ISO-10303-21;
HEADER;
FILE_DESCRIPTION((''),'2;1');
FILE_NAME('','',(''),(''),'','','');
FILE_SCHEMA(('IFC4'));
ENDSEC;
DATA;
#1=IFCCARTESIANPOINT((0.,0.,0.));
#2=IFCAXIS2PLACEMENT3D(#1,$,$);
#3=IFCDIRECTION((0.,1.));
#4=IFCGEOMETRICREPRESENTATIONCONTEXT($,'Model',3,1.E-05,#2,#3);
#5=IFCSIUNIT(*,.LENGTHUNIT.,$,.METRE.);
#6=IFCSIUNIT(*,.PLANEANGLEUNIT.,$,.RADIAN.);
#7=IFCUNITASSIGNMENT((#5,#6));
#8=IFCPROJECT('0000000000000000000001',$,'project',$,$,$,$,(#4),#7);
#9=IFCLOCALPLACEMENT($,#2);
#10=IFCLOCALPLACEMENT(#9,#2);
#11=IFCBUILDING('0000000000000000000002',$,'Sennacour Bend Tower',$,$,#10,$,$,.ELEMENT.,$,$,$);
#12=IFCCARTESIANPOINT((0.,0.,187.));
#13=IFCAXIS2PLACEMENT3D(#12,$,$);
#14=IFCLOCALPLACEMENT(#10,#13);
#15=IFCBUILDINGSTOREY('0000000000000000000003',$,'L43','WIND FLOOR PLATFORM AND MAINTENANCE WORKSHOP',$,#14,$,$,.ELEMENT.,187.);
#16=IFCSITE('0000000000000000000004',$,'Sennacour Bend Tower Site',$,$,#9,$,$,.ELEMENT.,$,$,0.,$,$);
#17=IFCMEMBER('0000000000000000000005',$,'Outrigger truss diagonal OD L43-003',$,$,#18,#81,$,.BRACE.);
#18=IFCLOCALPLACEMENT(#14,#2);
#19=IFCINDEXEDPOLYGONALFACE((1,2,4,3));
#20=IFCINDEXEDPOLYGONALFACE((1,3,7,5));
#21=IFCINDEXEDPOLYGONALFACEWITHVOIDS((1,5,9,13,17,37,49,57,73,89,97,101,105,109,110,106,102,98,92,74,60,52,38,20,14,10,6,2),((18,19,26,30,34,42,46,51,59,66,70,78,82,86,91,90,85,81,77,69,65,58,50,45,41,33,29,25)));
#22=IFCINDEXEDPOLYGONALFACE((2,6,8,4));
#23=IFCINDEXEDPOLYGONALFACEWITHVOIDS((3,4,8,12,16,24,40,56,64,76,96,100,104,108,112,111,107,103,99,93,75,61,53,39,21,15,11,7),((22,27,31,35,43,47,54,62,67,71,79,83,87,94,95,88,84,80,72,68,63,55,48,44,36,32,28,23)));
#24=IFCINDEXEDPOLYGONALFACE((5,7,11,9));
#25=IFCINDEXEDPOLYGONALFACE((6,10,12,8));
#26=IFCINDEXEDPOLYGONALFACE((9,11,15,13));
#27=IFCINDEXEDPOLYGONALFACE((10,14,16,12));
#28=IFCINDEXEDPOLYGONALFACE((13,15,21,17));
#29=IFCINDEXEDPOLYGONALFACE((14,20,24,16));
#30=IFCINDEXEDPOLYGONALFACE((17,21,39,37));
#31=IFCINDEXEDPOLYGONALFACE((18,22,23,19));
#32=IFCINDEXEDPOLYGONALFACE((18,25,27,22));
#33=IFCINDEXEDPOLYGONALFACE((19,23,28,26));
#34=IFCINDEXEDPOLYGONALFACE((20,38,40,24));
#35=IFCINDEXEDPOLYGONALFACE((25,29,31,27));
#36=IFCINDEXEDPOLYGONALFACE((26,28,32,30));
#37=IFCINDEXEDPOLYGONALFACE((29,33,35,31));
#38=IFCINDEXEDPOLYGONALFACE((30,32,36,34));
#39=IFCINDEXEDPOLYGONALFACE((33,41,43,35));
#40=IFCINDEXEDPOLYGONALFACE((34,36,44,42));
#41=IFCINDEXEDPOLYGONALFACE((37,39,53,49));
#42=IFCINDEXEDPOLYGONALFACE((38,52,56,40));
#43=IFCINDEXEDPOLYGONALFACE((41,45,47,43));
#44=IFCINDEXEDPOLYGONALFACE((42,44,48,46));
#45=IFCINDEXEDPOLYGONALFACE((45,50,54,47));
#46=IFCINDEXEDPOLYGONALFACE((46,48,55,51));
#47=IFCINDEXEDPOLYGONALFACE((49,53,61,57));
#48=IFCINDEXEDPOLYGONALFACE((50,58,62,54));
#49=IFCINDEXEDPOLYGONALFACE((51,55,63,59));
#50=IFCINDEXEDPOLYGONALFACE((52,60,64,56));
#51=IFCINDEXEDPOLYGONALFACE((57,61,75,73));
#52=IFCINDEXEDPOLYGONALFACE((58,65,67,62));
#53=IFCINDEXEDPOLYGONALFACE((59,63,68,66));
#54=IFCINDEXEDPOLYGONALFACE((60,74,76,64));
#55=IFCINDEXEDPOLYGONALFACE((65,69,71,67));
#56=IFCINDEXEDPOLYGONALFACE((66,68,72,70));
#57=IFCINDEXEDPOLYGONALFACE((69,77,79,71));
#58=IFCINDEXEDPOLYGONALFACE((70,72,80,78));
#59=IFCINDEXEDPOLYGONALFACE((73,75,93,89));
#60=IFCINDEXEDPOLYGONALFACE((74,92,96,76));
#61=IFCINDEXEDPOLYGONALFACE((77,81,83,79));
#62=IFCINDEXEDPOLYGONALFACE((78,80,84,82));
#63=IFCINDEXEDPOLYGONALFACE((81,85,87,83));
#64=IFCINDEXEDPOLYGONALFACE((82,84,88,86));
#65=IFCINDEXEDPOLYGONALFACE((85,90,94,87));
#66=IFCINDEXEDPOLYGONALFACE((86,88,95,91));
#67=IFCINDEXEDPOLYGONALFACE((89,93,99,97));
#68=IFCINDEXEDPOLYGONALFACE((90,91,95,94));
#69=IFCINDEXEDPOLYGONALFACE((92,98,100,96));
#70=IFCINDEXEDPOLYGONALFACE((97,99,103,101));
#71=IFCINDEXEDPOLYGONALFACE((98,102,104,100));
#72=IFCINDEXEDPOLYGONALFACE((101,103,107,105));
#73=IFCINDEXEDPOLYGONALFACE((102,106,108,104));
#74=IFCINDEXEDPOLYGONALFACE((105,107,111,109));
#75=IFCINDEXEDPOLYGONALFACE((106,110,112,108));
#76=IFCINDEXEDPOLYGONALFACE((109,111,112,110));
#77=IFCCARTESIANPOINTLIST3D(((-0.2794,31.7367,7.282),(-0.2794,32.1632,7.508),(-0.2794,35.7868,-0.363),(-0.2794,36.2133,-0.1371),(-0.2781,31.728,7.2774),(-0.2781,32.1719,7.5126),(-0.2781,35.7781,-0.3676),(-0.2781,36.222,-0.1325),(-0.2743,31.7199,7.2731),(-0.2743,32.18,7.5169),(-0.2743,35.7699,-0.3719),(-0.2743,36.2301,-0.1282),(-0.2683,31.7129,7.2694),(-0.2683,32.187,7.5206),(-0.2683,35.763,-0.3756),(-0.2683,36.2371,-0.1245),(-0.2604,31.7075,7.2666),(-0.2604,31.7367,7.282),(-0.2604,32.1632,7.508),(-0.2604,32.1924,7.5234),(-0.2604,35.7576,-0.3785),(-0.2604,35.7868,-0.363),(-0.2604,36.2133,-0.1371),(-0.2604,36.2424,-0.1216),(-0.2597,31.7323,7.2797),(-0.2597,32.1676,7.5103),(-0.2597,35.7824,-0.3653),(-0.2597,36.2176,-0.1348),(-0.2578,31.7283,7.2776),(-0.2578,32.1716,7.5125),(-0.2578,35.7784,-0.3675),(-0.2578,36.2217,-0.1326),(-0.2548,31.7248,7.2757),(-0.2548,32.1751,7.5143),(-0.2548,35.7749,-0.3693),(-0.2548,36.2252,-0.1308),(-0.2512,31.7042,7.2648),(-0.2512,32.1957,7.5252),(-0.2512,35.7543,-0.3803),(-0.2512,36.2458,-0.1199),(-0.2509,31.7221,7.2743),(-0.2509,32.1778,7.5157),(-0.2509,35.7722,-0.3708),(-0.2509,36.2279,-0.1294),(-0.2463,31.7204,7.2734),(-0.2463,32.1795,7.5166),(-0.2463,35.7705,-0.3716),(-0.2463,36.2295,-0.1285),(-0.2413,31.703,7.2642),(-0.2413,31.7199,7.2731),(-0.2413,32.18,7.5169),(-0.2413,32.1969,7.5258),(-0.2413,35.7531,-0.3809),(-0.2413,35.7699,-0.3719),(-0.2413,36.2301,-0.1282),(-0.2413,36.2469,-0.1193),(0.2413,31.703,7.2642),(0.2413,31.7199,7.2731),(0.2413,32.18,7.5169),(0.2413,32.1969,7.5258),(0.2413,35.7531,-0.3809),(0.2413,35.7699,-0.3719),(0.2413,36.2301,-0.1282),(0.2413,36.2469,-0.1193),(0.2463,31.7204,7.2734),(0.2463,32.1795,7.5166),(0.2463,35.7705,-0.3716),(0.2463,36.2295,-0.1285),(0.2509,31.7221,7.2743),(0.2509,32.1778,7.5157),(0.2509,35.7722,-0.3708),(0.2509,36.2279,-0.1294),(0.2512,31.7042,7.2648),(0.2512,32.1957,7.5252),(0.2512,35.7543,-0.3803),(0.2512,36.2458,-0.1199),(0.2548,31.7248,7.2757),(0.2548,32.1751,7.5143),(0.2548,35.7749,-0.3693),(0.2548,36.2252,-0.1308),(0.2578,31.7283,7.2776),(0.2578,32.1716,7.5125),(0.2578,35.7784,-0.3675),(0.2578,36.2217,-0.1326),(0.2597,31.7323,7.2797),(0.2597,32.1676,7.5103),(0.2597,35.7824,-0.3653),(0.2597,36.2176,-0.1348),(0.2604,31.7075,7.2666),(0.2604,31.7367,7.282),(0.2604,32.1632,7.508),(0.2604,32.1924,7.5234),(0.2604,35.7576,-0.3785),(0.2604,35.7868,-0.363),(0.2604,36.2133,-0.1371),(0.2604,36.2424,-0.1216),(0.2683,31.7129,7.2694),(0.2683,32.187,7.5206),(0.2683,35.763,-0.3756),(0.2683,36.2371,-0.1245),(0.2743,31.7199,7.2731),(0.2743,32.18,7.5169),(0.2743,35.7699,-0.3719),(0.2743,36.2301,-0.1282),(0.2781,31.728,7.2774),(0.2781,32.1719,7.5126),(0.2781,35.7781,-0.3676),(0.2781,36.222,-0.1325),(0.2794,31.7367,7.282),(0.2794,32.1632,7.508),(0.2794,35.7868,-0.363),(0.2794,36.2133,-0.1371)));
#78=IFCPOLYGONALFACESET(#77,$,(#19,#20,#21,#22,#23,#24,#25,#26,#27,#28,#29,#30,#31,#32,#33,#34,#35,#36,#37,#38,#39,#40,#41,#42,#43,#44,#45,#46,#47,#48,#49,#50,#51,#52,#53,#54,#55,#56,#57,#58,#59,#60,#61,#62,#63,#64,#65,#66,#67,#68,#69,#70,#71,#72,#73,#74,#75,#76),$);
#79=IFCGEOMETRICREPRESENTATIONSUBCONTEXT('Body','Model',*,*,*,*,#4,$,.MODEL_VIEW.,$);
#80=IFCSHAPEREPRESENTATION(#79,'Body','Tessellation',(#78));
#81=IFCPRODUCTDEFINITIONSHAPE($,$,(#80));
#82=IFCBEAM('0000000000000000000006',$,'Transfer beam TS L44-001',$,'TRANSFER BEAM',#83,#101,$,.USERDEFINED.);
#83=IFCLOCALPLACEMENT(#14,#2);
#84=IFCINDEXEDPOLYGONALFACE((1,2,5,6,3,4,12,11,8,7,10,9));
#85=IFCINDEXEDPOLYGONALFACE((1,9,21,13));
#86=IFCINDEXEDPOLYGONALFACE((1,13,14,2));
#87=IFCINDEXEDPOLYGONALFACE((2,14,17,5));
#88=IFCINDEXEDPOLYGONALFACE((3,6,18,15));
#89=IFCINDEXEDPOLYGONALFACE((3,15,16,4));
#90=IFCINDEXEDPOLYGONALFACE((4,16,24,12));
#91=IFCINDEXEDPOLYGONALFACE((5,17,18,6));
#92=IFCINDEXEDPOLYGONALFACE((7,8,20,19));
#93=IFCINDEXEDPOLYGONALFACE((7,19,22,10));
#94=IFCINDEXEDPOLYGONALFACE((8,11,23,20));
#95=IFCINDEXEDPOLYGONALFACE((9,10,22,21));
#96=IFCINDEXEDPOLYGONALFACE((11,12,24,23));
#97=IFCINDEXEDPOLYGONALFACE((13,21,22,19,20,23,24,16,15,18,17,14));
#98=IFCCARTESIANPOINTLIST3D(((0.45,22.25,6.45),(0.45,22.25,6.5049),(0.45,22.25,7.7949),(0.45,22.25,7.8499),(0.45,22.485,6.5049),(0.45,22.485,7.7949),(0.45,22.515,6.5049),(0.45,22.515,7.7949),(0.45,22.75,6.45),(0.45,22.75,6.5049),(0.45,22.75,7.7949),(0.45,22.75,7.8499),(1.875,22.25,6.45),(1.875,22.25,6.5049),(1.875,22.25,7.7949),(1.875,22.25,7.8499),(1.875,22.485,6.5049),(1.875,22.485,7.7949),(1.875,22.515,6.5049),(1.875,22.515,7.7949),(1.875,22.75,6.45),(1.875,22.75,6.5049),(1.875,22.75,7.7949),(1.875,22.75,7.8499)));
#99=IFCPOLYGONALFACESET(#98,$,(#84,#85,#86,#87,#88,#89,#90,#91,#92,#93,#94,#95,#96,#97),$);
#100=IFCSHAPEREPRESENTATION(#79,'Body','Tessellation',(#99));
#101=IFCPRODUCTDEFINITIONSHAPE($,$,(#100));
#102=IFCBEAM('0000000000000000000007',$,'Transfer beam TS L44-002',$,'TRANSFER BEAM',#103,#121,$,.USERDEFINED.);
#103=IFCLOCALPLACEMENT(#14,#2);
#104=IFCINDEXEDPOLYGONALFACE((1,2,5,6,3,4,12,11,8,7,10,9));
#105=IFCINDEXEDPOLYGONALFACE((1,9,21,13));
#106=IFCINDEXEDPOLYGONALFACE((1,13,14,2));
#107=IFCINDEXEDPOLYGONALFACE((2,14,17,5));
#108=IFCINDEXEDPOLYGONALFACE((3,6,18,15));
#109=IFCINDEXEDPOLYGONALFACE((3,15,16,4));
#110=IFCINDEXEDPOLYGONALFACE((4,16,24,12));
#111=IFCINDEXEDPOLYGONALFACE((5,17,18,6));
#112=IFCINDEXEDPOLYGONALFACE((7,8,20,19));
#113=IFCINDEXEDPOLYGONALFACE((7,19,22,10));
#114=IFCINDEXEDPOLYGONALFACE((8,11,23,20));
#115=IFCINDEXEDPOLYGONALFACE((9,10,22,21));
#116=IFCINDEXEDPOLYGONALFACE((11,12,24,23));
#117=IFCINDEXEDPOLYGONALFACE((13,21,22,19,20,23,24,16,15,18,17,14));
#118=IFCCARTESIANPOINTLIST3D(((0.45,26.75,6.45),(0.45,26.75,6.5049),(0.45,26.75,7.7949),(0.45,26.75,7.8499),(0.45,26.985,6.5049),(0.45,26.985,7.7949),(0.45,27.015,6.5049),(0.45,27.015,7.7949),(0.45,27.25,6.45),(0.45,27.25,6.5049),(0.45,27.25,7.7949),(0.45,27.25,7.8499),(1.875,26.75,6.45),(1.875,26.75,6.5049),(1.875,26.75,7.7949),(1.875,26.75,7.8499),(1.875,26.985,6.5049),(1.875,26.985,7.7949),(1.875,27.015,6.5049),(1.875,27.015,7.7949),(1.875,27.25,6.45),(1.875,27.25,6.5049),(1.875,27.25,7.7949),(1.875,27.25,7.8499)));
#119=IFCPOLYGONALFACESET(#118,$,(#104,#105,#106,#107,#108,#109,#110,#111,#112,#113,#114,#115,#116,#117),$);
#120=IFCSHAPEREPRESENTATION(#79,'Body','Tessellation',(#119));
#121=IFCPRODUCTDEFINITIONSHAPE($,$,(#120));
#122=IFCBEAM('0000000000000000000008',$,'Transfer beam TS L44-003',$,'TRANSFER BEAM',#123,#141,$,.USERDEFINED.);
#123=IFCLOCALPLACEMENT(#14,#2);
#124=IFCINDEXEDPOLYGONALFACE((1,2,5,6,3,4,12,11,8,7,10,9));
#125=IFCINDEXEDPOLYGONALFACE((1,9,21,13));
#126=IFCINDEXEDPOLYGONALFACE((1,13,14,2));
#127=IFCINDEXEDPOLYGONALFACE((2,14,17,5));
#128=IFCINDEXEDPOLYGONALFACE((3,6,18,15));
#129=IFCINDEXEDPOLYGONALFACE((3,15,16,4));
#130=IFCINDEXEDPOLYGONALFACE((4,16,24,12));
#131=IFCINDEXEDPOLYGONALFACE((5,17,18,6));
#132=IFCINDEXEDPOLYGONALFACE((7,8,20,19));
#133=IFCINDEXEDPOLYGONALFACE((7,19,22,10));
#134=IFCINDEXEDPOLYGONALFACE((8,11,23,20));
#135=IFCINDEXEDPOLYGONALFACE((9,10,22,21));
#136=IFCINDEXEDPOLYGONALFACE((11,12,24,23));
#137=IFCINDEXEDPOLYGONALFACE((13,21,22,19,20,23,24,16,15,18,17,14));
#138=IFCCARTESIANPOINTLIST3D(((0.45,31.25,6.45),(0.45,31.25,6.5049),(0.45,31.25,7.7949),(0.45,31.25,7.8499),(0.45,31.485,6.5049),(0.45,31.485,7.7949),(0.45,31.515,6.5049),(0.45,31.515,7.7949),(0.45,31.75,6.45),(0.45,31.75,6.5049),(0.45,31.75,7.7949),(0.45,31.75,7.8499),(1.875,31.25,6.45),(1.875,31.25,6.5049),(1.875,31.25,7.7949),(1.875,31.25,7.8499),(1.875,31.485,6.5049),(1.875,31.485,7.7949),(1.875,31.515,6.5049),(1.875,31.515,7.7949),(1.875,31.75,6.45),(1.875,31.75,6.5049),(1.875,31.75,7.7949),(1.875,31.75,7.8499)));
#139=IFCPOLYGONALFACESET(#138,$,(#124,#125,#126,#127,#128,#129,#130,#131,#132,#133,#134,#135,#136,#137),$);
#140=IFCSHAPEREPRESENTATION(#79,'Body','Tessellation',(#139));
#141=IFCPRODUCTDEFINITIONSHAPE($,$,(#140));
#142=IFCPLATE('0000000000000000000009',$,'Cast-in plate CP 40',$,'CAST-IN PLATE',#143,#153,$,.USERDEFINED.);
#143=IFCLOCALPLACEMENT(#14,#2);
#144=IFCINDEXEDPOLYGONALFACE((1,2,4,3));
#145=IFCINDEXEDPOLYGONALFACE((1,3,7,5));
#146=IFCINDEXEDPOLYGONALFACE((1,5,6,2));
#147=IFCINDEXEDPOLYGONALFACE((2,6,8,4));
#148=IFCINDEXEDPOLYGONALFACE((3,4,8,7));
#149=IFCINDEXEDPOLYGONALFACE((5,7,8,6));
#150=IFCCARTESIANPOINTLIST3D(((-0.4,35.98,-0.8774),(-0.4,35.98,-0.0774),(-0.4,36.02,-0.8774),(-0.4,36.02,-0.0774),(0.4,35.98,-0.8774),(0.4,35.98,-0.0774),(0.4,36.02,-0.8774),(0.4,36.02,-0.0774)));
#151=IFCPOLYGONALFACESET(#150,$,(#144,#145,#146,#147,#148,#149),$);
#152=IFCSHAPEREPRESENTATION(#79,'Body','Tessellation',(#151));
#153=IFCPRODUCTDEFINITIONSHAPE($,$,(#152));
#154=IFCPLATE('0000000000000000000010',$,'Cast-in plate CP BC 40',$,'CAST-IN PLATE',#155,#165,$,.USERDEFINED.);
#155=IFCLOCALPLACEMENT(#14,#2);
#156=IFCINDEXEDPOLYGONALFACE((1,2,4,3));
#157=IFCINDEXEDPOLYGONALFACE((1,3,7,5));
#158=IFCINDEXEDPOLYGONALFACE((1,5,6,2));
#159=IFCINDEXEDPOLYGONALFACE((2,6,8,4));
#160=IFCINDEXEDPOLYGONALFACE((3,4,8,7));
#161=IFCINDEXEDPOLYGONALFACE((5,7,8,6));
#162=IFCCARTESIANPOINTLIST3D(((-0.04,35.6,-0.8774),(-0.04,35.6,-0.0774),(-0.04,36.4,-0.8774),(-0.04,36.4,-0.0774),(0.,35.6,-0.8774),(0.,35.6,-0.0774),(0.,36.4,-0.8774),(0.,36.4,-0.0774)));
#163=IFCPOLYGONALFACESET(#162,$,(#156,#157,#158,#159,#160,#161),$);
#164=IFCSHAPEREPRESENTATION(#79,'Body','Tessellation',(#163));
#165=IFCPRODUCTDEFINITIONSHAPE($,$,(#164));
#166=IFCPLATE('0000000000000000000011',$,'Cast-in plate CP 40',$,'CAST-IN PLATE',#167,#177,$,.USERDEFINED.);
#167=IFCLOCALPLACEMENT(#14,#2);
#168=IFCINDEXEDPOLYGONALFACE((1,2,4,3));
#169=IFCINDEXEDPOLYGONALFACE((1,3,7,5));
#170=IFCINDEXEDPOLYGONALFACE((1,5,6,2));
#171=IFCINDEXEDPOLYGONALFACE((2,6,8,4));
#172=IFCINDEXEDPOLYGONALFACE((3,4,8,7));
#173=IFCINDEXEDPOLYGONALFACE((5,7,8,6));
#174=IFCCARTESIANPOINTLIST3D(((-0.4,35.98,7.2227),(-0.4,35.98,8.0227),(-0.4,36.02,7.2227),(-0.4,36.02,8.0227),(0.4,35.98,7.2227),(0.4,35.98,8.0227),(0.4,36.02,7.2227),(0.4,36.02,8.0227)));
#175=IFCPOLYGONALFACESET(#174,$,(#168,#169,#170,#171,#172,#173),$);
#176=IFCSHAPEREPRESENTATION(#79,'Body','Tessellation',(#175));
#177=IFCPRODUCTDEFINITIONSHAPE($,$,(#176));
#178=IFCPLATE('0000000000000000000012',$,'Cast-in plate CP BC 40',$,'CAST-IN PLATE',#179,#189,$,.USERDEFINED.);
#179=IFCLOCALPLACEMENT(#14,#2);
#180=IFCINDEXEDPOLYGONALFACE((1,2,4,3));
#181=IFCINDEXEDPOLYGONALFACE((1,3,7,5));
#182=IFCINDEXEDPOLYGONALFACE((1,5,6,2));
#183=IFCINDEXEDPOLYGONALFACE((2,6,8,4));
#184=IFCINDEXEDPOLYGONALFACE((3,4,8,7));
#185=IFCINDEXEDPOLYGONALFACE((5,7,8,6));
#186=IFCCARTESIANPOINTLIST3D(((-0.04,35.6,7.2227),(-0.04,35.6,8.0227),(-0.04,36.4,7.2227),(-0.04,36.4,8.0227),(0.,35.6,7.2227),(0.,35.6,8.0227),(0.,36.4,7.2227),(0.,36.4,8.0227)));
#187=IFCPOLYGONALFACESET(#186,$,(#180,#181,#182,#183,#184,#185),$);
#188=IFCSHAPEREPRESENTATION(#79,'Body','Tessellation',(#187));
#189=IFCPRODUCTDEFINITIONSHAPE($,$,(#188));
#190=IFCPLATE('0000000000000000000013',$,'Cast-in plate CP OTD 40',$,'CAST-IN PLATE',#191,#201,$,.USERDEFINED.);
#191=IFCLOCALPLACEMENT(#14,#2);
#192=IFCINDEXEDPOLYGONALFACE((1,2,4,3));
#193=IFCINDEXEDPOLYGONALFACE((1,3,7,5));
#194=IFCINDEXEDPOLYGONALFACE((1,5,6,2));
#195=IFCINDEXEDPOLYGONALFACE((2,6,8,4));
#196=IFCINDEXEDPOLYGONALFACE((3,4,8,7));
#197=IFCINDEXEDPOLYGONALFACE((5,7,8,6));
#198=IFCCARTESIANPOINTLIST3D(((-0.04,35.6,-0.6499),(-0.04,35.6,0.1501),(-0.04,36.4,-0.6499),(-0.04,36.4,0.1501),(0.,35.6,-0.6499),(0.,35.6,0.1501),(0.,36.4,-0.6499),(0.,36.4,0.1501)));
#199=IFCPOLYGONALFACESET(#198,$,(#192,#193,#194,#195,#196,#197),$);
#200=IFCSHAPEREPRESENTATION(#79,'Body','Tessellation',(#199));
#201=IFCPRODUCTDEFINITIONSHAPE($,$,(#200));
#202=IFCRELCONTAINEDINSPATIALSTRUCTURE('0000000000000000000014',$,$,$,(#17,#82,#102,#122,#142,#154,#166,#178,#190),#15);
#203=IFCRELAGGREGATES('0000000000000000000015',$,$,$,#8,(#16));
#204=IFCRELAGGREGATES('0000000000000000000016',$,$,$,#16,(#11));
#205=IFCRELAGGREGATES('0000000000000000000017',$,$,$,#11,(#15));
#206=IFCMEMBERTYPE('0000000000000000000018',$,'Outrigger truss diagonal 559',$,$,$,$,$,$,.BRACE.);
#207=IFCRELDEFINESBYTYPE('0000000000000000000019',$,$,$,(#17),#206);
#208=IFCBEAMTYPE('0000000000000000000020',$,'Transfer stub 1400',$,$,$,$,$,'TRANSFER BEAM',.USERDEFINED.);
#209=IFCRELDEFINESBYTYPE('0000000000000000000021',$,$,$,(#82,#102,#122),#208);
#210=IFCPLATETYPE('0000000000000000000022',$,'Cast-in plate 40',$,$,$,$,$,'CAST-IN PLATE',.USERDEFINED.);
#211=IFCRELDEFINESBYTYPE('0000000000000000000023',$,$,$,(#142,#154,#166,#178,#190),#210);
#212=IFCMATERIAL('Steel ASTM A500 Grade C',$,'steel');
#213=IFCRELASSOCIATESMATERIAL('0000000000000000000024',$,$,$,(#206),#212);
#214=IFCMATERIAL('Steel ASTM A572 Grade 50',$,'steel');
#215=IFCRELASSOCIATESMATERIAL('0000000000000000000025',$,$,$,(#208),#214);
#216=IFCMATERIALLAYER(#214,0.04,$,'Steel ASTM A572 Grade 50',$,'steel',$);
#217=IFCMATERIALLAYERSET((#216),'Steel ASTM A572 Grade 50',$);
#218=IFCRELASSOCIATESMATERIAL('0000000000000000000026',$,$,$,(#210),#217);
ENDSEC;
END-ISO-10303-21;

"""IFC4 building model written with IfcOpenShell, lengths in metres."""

from ifc_helpers import new_model, si_unit, direction, frame, origin, origin_2d, place, context, subcontext, project, spatial, rectangle, hollow_rectangle, i_section, extrude, material, layer, layer_set, material_profile, profile_set, type_object, element, save


model = new_model("IFC4")

# Units and contexts
model_context = context("Model", 3, precision=1e-05, world=origin(), true_north=direction((0.0, 1.0)))
body_context = subcontext(model_context, "Body", "Model", "MODEL_VIEW")
ifc_project = project(units=[si_unit("LENGTHUNIT", "METRE"), si_unit("PLANEANGLEUNIT", "RADIAN")], contexts=[model_context])

# Site, building, storey
site_placement = place(None, origin())
site = spatial("IfcSite", under=ifc_project, at=site_placement, Name="Sennacour Bend Tower Site", CompositionType="ELEMENT", RefElevation=0.0)
building_placement = place(site_placement, origin())
building = spatial("IfcBuilding", under=site, at=building_placement, Name="Sennacour Bend Tower", CompositionType="ELEMENT")
storey_placement = place(building_placement, frame((0.0, 0.0, 187.0)))
storey = spatial("IfcBuildingStorey", under=building, at=storey_placement, Name="L43", Description="WIND FLOOR PLATFORM AND MAINTENANCE WORKSHOP", CompositionType="ELEMENT", Elevation=187.0)

# Shared definitions
ifc_material_1 = material(Name="Steel ASTM A572 Grade 50", Category="steel")

# Member
ifc_material_2 = material(Name="Steel ASTM A500 Grade C", Category="steel")
ifc_material_profile_1 = material_profile(ifc_material_2, hollow_rectangle(XDim=0.5588, YDim=0.5588, WallThickness=0.019, InnerFilletRadius=0.019, OuterFilletRadius=0.0381, at=origin_2d()), Name="Steel ASTM A500 Grade C", Category="steel")
ifc_profile_set_1 = profile_set([ifc_material_profile_1], Name="Steel ASTM A500 Grade C")
member_type_1 = type_object("IfcMemberType", Name="Outrigger truss diagonal 559", PredefinedType="BRACE", material=ifc_profile_set_1)
member_1_placement = place(storey_placement, frame((0.0, 31.95, 7.395), z_axis=(0.0, 0.46813, -0.88366), x_axis=(-1.0, 0.0, 0.0)))
element("IfcMember", 1, at=member_1_placement, inside=storey, type_object=member_type_1, Name="Outrigger truss diagonal OD L43-003", PredefinedType="BRACE", context=body_context, shape_type="SweptSolid", body=[
    extrude(hollow_rectangle(XDim=0.5588, YDim=0.5588, WallThickness=0.019, InnerFilletRadius=0.019, OuterFilletRadius=0.0381, at=origin_2d()), origin(), (0.0, 0.0, 1.0), 8.6516),
])

# Beams
ifc_material_profile_2 = material_profile(ifc_material_1, i_section(OverallWidth=0.5, OverallDepth=1.3999, WebThickness=0.03, FlangeThickness=0.0549, at=origin_2d()), Name="Steel ASTM A572 Grade 50", Category="steel")
ifc_profile_set_2 = profile_set([ifc_material_profile_2], Name="Steel ASTM A572 Grade 50")
beam_type = type_object("IfcBeamType", Name="Transfer stub 1400", ElementType="TRANSFER BEAM", PredefinedType="USERDEFINED", material=ifc_profile_set_2)
for number, where, z_axis, x_axis, name in (
    (2, (0.45, 22.5, 7.1499), (1.0, 0.0, 0.0), (0.0, 1.0, 0.0), "Transfer beam TS L44-001"),
    (3, (0.45, 27.0, 7.1499), (1.0, 0.0, 0.0), (0.0, 1.0, 0.0), "Transfer beam TS L44-002"),
    (4, (0.45, 31.5, 7.1499), (1.0, 0.0, 0.0), (0.0, 1.0, 0.0), "Transfer beam TS L44-003"),
):
    element("IfcBeam", number, at=place(storey_placement, frame(where, z_axis=z_axis, x_axis=x_axis)), inside=storey, type_object=beam_type, Name=name, ObjectType="TRANSFER BEAM", PredefinedType="USERDEFINED", context=body_context, shape_type="SweptSolid", body=[
        extrude(i_section(OverallWidth=0.5, OverallDepth=1.3999, WebThickness=0.03, FlangeThickness=0.0549, at=origin_2d()), origin(), (0.0, 0.0, 1.0), 1.425),
    ])

# Plates
ifc_layer_1 = layer(ifc_material_1, 0.04, Name="Steel ASTM A572 Grade 50", Category="steel")
ifc_layer_set_1 = layer_set([ifc_layer_1], Name="Steel ASTM A572 Grade 50")
plate_type_1 = type_object("IfcPlateType", Name="Cast-in plate 40", ElementType="CAST-IN PLATE", PredefinedType="USERDEFINED", material=ifc_layer_set_1)
plate_1_placement = place(storey_placement, frame((0.0, 36.0, -0.8774), z_axis=(0.0, 0.0, 1.0), x_axis=(1.0, 0.0, 0.0)))
element("IfcPlate", 5, at=plate_1_placement, inside=storey, type_object=plate_type_1, Name="Cast-in plate CP 40", ObjectType="CAST-IN PLATE", PredefinedType="USERDEFINED", context=body_context, shape_type="SweptSolid", body=[
    extrude(rectangle(XDim=0.8, YDim=0.04, at=origin_2d()), origin(), (0.0, 0.0, 1.0), 0.8),
])
plate_2_placement = place(storey_placement, frame((-0.02, 36.0, -0.8774), z_axis=(0.0, 0.0, 1.0), x_axis=(1.0, 0.0, 0.0)))
element("IfcPlate", 6, at=plate_2_placement, inside=storey, type_object=plate_type_1, Name="Cast-in plate CP BC 40", ObjectType="CAST-IN PLATE", PredefinedType="USERDEFINED", context=body_context, shape_type="SweptSolid", body=[
    extrude(rectangle(XDim=0.04, YDim=0.8, at=origin_2d()), origin(), (0.0, 0.0, 1.0), 0.8),
])
plate_3_placement = place(storey_placement, frame((0.0, 36.0, 7.2227), z_axis=(0.0, 0.0, 1.0), x_axis=(1.0, 0.0, 0.0)))
element("IfcPlate", 7, at=plate_3_placement, inside=storey, type_object=plate_type_1, Name="Cast-in plate CP 40", ObjectType="CAST-IN PLATE", PredefinedType="USERDEFINED", context=body_context, shape_type="SweptSolid", body=[
    extrude(rectangle(XDim=0.8, YDim=0.04, at=origin_2d()), origin(), (0.0, 0.0, 1.0), 0.8),
])
for number, where, z_axis, x_axis, name in (
    (8, (-0.02, 36.0, 7.2227), (0.0, 0.0, 1.0), (1.0, 0.0, 0.0), "Cast-in plate CP BC 40"),
    (9, (-0.02, 36.0, -0.6499), (0.0, 0.0, 1.0), (1.0, 0.0, 0.0), "Cast-in plate CP OTD 40"),
):
    element("IfcPlate", number, at=place(storey_placement, frame(where, z_axis=z_axis, x_axis=x_axis)), inside=storey, type_object=plate_type_1, Name=name, ObjectType="CAST-IN PLATE", PredefinedType="USERDEFINED", context=body_context, shape_type="SweptSolid", body=[
        extrude(rectangle(XDim=0.04, YDim=0.8, at=origin_2d()), origin(), (0.0, 0.0, 1.0), 0.8),
    ])

save(model, "model.ifc")
